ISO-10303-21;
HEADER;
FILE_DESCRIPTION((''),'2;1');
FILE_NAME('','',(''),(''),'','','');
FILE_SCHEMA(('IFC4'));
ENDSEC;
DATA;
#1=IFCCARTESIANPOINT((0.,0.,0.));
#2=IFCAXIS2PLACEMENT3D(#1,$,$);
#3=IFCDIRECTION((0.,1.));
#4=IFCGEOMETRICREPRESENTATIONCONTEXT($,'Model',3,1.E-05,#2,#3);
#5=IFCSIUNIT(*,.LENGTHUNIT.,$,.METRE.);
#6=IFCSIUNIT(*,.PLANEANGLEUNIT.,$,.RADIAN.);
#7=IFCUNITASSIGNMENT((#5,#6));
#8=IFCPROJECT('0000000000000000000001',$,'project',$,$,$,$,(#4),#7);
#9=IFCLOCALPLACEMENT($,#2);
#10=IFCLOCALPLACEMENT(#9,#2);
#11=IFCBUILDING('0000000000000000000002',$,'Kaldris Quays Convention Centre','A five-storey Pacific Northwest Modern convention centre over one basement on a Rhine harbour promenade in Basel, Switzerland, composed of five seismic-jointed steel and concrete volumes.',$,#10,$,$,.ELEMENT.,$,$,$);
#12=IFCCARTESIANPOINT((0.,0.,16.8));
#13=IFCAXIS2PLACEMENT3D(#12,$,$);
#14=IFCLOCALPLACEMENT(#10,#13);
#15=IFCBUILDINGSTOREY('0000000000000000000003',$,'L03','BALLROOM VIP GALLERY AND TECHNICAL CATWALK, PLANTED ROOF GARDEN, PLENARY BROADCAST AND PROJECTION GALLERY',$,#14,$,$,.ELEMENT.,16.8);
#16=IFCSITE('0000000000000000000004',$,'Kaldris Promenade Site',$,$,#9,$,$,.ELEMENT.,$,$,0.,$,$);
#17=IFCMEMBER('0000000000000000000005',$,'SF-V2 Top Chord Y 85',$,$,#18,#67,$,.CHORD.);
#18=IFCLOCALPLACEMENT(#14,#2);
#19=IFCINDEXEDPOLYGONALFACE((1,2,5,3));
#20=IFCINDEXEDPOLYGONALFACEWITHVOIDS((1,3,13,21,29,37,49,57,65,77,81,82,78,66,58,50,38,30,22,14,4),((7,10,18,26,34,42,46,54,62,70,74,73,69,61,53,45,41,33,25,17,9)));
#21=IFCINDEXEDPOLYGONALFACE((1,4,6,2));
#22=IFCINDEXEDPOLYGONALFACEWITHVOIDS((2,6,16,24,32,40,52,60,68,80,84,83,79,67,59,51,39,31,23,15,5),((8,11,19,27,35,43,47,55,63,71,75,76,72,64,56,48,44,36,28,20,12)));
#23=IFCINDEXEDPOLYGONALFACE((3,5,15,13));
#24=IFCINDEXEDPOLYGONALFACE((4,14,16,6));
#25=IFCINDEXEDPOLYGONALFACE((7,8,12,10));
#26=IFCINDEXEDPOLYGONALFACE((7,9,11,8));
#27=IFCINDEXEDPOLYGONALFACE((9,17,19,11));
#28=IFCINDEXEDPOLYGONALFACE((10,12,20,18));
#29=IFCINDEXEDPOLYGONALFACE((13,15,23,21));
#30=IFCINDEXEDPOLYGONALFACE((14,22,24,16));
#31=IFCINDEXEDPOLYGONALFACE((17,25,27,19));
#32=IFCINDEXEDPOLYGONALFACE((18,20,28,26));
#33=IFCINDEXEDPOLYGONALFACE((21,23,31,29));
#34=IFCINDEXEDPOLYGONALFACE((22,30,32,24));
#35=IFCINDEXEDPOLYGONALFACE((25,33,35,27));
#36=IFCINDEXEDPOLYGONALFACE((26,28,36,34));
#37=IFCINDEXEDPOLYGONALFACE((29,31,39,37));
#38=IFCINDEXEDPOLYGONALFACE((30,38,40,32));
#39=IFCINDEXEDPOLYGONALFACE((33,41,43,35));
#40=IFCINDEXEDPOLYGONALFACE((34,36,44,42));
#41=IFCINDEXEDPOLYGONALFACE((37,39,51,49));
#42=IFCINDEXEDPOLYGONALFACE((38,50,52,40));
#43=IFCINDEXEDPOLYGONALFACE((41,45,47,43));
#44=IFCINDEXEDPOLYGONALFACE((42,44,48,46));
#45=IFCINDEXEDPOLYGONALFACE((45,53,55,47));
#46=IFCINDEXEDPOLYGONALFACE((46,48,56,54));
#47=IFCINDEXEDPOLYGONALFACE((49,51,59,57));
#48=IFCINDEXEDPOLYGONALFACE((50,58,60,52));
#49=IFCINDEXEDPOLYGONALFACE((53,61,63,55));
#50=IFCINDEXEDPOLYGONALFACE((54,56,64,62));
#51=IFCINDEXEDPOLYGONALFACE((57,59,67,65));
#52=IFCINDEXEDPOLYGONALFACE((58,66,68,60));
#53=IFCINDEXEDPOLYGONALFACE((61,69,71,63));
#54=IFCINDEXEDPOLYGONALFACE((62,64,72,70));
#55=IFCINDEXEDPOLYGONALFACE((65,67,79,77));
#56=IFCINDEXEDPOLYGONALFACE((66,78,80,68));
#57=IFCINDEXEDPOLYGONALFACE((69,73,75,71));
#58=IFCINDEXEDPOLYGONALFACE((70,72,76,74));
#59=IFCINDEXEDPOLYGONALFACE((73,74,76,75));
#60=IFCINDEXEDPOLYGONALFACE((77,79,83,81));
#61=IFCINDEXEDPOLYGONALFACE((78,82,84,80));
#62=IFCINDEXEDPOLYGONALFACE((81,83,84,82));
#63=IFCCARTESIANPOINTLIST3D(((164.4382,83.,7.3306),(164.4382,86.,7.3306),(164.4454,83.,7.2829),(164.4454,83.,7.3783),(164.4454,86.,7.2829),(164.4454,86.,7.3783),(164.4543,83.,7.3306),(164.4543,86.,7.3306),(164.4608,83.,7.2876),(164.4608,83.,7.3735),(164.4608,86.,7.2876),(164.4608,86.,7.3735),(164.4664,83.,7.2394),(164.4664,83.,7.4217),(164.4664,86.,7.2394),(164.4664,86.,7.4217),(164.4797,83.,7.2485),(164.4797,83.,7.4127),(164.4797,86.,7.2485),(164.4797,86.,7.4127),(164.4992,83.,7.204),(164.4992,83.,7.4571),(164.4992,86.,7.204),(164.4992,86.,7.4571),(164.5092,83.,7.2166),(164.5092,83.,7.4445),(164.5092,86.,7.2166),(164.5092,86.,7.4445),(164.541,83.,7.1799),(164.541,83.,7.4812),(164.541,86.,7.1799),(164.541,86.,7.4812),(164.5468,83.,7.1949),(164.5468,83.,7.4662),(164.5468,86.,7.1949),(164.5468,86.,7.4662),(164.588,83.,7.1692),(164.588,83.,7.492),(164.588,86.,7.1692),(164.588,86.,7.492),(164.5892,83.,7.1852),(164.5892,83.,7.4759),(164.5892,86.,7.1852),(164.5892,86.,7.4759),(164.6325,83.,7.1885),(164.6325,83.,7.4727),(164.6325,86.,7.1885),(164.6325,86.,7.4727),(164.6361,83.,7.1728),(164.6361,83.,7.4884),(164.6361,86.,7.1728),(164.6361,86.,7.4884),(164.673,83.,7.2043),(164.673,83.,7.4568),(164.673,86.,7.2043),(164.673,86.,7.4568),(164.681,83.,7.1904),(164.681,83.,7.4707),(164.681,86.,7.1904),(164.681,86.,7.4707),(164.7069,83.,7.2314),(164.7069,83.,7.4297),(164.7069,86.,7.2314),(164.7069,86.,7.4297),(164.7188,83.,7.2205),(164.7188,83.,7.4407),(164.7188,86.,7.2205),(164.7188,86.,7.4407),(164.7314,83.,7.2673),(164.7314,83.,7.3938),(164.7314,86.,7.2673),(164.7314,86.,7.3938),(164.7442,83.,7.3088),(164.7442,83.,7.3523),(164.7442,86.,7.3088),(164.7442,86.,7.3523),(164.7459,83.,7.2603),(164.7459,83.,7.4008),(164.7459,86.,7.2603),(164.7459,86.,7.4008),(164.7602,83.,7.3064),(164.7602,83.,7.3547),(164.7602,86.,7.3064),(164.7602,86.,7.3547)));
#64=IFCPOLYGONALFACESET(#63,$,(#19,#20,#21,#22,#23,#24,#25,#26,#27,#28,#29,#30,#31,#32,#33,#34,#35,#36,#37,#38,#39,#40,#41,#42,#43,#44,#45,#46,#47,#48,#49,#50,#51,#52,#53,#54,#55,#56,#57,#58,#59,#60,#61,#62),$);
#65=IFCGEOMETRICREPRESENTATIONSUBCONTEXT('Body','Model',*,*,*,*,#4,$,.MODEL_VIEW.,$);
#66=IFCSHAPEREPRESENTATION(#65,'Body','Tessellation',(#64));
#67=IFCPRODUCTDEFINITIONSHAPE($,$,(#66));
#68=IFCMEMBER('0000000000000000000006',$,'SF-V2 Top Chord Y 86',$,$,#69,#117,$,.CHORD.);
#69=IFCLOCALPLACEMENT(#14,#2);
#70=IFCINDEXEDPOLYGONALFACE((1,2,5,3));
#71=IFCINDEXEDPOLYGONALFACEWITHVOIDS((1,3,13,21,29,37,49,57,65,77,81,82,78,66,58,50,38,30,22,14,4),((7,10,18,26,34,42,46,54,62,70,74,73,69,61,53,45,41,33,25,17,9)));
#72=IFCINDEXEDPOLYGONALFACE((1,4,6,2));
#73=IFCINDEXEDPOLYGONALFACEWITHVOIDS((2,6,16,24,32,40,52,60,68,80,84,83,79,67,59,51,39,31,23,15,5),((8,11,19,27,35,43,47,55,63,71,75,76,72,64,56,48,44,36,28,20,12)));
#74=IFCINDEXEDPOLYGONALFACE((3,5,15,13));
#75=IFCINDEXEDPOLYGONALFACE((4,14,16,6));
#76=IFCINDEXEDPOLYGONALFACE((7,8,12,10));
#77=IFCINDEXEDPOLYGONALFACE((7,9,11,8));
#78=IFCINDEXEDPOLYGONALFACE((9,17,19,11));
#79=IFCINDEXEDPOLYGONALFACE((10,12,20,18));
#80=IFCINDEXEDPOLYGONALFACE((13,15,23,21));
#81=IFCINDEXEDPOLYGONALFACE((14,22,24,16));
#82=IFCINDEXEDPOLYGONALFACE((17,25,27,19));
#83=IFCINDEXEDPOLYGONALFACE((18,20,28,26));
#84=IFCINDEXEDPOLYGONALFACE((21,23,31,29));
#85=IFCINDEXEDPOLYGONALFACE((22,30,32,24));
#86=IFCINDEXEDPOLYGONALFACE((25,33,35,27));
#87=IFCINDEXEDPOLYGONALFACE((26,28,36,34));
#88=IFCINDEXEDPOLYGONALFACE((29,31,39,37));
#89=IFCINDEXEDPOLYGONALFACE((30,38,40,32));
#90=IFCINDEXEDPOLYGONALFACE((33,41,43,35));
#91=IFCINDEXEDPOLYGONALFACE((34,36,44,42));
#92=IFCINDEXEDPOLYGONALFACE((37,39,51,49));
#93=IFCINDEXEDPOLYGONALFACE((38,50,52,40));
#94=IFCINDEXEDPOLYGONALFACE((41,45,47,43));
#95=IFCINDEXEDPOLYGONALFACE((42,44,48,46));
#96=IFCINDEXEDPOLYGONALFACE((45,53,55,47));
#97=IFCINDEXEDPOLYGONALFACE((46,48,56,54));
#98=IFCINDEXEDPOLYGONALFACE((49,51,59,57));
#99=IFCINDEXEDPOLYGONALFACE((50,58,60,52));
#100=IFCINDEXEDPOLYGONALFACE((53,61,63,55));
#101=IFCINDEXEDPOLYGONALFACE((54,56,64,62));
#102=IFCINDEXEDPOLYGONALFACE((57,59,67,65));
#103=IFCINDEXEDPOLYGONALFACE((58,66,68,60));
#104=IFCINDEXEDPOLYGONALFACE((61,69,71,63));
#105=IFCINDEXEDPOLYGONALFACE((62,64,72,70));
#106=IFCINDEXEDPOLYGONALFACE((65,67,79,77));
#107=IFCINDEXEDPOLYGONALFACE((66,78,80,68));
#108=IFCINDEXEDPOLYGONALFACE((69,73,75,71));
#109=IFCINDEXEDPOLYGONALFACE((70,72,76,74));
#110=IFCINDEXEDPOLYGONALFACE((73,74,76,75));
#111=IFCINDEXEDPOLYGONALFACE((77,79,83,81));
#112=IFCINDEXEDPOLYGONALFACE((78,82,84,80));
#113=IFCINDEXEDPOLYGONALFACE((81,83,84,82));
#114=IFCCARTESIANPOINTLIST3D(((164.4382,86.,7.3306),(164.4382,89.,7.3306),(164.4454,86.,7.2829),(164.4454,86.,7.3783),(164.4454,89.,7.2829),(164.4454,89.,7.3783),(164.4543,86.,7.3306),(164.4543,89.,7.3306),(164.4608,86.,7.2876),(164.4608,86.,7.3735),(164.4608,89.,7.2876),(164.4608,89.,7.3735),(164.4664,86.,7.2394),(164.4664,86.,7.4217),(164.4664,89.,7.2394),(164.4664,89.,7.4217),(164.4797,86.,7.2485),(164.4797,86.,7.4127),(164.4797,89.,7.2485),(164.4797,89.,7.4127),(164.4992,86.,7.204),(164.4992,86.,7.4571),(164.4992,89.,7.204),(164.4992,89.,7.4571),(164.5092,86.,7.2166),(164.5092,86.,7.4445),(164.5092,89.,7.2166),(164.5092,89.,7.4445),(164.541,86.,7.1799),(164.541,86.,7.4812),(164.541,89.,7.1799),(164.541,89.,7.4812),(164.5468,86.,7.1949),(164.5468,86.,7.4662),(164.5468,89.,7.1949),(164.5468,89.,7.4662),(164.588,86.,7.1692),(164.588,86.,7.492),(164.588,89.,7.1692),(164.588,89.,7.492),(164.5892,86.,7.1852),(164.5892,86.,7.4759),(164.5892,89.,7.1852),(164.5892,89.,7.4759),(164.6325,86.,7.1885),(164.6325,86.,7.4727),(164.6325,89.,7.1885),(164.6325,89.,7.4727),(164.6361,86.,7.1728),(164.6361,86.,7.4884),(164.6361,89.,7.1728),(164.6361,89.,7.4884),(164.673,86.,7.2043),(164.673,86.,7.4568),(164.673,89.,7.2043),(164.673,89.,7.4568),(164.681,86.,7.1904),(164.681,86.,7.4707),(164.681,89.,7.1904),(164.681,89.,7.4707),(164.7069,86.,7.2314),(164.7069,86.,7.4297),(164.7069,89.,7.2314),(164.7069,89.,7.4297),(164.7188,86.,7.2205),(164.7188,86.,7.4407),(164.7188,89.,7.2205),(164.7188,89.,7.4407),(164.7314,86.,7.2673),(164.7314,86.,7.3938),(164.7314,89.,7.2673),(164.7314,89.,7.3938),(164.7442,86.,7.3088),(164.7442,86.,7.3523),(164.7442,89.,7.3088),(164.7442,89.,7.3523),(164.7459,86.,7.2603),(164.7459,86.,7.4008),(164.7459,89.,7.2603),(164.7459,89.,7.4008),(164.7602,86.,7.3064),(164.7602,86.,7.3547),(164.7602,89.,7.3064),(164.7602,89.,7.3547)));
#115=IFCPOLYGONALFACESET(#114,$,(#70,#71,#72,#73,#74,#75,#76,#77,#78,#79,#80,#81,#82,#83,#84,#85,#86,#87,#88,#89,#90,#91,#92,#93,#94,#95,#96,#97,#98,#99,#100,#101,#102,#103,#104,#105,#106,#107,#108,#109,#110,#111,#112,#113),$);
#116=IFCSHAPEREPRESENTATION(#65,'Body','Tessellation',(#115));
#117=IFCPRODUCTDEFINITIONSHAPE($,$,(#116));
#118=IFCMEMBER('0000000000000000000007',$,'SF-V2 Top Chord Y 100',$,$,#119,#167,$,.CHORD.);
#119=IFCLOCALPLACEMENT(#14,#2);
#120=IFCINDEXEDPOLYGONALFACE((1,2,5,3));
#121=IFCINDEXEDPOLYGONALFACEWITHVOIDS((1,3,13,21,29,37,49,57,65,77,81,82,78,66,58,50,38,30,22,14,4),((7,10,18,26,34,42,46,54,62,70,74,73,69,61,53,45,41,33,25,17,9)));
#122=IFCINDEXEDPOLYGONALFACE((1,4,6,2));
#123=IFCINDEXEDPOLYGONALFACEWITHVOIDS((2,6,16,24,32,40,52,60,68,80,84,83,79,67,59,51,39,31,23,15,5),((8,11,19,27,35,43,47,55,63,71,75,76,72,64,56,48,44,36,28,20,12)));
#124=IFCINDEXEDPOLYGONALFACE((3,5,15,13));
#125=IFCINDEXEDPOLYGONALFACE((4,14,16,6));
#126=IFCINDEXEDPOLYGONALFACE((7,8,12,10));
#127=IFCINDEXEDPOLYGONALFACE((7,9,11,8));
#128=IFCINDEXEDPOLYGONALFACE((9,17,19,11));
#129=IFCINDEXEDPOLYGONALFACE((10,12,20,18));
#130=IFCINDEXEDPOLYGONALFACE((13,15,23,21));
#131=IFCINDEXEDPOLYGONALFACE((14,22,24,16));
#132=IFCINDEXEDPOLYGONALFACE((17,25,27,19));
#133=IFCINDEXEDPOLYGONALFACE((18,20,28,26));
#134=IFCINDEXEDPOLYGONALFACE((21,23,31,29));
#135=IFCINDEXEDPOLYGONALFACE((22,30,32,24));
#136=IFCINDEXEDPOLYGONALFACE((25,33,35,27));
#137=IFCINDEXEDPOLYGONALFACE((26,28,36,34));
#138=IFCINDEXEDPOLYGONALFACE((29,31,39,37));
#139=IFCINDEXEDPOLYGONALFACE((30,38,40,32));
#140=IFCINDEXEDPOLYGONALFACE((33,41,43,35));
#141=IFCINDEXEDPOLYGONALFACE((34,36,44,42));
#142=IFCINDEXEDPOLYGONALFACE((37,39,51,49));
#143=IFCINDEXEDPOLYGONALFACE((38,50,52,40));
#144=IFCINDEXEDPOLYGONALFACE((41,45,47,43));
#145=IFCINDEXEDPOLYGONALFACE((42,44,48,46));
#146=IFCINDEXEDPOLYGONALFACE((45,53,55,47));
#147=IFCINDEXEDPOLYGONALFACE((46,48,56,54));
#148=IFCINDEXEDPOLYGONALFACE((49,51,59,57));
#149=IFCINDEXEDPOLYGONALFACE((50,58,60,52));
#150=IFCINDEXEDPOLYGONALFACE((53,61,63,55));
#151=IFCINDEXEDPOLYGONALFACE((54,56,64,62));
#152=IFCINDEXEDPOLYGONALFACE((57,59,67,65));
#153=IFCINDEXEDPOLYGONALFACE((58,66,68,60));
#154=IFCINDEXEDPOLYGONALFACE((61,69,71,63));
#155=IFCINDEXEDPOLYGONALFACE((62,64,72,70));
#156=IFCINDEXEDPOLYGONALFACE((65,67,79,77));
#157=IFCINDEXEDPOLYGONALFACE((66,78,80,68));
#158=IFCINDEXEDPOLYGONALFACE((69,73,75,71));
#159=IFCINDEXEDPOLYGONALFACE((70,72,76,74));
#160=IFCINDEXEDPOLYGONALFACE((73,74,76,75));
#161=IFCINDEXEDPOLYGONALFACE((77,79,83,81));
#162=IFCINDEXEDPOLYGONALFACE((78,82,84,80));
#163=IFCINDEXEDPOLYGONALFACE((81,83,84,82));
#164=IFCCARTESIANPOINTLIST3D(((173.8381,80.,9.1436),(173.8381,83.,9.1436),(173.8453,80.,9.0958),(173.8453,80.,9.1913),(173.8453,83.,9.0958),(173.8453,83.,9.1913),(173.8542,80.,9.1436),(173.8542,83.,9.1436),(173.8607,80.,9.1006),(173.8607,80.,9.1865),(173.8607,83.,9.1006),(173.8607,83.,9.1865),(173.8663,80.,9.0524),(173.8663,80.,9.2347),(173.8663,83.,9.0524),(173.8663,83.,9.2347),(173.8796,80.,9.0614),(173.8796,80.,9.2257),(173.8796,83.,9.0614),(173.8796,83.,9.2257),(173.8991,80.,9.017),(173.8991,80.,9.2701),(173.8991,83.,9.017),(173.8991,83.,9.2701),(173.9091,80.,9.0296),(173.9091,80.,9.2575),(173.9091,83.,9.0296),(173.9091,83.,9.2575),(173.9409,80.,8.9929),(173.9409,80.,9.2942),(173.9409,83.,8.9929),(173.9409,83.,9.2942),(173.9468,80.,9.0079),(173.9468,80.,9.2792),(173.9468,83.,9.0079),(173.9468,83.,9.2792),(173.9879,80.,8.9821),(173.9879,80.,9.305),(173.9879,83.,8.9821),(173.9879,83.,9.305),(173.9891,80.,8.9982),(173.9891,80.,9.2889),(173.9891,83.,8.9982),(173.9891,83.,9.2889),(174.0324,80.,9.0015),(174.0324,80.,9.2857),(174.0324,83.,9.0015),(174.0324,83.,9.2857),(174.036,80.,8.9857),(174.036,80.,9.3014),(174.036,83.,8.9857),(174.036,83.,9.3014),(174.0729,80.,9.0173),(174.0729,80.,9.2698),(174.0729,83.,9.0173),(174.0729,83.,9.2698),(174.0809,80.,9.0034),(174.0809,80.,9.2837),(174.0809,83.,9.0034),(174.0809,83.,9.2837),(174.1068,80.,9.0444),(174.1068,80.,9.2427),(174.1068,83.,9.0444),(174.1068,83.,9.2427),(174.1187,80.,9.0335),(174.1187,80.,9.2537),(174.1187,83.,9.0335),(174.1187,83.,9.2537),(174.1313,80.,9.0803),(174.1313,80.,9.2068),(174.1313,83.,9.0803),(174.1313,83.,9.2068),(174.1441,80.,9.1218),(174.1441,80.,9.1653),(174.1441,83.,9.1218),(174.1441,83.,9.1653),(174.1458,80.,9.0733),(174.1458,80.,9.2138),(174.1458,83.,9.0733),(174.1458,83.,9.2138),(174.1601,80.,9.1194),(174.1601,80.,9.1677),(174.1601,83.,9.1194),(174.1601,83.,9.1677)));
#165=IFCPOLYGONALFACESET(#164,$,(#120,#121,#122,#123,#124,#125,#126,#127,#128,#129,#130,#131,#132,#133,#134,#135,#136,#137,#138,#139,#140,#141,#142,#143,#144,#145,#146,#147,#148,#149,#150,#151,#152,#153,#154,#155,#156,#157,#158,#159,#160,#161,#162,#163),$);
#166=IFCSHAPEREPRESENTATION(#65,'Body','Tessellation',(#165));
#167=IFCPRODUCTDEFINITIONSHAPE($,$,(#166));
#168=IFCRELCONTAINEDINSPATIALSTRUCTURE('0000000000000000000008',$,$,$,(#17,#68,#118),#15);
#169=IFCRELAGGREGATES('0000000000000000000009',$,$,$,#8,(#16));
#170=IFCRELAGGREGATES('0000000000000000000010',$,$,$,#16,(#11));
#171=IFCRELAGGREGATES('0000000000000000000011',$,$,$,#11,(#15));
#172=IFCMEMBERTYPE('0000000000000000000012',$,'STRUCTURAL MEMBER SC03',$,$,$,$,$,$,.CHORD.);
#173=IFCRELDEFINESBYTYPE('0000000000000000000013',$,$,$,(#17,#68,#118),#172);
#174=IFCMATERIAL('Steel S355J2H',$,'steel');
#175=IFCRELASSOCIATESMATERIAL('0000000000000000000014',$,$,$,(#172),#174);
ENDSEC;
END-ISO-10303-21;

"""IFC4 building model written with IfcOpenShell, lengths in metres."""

from ifc_helpers import new_model, si_unit, direction, frame, origin, origin_2d, place, context, subcontext, project, spatial, hollow_circle, extrude, material, material_profile, profile_set, type_object, element, save


model = new_model("IFC4")

# Units and contexts
model_context = context("Model", 3, precision=1e-05, world=origin(), true_north=direction((0.0, 1.0)))
body_context = subcontext(model_context, "Body", "Model", "MODEL_VIEW")
ifc_project = project(units=[si_unit("LENGTHUNIT", "METRE"), si_unit("PLANEANGLEUNIT", "RADIAN")], contexts=[model_context])

# Site, building, storey
site_placement = place(None, origin())
site = spatial("IfcSite", under=ifc_project, at=site_placement, Name="Kaldris Promenade Site", CompositionType="ELEMENT", RefElevation=0.0)
building_placement = place(site_placement, origin())
building = spatial("IfcBuilding", under=site, at=building_placement, Name="Kaldris Quays Convention Centre", Description="A five-storey Pacific Northwest Modern convention centre over one basement on a Rhine harbour promenade in Basel, Switzerland, composed of five seismic-jointed steel and concrete volumes.", CompositionType="ELEMENT")
storey_placement = place(building_placement, frame((0.0, 0.0, 16.8)))
storey = spatial("IfcBuildingStorey", under=building, at=storey_placement, Name="L03", Description="BALLROOM VIP GALLERY AND TECHNICAL CATWALK, PLANTED ROOF GARDEN, PLENARY BROADCAST AND PROJECTION GALLERY", CompositionType="ELEMENT", Elevation=16.8)

# Members
ifc_material_1 = material(Name="Steel S355J2H", Category="steel")
ifc_material_profile_1 = material_profile(ifc_material_1, hollow_circle(Radius=0.1619, WallThickness=0.0161, at=origin_2d()), Name="CHS 323.9x16")
ifc_profile_set_1 = profile_set([ifc_material_profile_1], Name="Steel S355J2H")
member_type_1 = type_object("IfcMemberType", Name="STRUCTURAL MEMBER SC03", PredefinedType="CHORD", material=ifc_profile_set_1)
for number, where, z_axis, x_axis, name in (
    (1, (164.6001, 83.0, 7.3306), (0.0, 1.0, 0.0), (-1.0, 0.0, 0.0), "SF-V2 Top Chord Y 85"),
    (2, (164.6001, 86.0, 7.3306), (0.0, 1.0, 0.0), (-1.0, 0.0, 0.0), "SF-V2 Top Chord Y 86"),
    (3, (174.0, 80.0, 9.1436), (0.0, 1.0, 0.0), (-1.0, 0.0, 0.0), "SF-V2 Top Chord Y 100"),
):
    element("IfcMember", number, at=place(storey_placement, frame(where, z_axis=z_axis, x_axis=x_axis)), inside=storey, type_object=member_type_1, Name=name, PredefinedType="CHORD", context=body_context, shape_type="SweptSolid", body=[
        extrude(hollow_circle(Radius=0.1619, WallThickness=0.0161, at=origin_2d()), origin(), (0.0, 0.0, 1.0), 3.0),
    ])

save(model, "model.ifc")
